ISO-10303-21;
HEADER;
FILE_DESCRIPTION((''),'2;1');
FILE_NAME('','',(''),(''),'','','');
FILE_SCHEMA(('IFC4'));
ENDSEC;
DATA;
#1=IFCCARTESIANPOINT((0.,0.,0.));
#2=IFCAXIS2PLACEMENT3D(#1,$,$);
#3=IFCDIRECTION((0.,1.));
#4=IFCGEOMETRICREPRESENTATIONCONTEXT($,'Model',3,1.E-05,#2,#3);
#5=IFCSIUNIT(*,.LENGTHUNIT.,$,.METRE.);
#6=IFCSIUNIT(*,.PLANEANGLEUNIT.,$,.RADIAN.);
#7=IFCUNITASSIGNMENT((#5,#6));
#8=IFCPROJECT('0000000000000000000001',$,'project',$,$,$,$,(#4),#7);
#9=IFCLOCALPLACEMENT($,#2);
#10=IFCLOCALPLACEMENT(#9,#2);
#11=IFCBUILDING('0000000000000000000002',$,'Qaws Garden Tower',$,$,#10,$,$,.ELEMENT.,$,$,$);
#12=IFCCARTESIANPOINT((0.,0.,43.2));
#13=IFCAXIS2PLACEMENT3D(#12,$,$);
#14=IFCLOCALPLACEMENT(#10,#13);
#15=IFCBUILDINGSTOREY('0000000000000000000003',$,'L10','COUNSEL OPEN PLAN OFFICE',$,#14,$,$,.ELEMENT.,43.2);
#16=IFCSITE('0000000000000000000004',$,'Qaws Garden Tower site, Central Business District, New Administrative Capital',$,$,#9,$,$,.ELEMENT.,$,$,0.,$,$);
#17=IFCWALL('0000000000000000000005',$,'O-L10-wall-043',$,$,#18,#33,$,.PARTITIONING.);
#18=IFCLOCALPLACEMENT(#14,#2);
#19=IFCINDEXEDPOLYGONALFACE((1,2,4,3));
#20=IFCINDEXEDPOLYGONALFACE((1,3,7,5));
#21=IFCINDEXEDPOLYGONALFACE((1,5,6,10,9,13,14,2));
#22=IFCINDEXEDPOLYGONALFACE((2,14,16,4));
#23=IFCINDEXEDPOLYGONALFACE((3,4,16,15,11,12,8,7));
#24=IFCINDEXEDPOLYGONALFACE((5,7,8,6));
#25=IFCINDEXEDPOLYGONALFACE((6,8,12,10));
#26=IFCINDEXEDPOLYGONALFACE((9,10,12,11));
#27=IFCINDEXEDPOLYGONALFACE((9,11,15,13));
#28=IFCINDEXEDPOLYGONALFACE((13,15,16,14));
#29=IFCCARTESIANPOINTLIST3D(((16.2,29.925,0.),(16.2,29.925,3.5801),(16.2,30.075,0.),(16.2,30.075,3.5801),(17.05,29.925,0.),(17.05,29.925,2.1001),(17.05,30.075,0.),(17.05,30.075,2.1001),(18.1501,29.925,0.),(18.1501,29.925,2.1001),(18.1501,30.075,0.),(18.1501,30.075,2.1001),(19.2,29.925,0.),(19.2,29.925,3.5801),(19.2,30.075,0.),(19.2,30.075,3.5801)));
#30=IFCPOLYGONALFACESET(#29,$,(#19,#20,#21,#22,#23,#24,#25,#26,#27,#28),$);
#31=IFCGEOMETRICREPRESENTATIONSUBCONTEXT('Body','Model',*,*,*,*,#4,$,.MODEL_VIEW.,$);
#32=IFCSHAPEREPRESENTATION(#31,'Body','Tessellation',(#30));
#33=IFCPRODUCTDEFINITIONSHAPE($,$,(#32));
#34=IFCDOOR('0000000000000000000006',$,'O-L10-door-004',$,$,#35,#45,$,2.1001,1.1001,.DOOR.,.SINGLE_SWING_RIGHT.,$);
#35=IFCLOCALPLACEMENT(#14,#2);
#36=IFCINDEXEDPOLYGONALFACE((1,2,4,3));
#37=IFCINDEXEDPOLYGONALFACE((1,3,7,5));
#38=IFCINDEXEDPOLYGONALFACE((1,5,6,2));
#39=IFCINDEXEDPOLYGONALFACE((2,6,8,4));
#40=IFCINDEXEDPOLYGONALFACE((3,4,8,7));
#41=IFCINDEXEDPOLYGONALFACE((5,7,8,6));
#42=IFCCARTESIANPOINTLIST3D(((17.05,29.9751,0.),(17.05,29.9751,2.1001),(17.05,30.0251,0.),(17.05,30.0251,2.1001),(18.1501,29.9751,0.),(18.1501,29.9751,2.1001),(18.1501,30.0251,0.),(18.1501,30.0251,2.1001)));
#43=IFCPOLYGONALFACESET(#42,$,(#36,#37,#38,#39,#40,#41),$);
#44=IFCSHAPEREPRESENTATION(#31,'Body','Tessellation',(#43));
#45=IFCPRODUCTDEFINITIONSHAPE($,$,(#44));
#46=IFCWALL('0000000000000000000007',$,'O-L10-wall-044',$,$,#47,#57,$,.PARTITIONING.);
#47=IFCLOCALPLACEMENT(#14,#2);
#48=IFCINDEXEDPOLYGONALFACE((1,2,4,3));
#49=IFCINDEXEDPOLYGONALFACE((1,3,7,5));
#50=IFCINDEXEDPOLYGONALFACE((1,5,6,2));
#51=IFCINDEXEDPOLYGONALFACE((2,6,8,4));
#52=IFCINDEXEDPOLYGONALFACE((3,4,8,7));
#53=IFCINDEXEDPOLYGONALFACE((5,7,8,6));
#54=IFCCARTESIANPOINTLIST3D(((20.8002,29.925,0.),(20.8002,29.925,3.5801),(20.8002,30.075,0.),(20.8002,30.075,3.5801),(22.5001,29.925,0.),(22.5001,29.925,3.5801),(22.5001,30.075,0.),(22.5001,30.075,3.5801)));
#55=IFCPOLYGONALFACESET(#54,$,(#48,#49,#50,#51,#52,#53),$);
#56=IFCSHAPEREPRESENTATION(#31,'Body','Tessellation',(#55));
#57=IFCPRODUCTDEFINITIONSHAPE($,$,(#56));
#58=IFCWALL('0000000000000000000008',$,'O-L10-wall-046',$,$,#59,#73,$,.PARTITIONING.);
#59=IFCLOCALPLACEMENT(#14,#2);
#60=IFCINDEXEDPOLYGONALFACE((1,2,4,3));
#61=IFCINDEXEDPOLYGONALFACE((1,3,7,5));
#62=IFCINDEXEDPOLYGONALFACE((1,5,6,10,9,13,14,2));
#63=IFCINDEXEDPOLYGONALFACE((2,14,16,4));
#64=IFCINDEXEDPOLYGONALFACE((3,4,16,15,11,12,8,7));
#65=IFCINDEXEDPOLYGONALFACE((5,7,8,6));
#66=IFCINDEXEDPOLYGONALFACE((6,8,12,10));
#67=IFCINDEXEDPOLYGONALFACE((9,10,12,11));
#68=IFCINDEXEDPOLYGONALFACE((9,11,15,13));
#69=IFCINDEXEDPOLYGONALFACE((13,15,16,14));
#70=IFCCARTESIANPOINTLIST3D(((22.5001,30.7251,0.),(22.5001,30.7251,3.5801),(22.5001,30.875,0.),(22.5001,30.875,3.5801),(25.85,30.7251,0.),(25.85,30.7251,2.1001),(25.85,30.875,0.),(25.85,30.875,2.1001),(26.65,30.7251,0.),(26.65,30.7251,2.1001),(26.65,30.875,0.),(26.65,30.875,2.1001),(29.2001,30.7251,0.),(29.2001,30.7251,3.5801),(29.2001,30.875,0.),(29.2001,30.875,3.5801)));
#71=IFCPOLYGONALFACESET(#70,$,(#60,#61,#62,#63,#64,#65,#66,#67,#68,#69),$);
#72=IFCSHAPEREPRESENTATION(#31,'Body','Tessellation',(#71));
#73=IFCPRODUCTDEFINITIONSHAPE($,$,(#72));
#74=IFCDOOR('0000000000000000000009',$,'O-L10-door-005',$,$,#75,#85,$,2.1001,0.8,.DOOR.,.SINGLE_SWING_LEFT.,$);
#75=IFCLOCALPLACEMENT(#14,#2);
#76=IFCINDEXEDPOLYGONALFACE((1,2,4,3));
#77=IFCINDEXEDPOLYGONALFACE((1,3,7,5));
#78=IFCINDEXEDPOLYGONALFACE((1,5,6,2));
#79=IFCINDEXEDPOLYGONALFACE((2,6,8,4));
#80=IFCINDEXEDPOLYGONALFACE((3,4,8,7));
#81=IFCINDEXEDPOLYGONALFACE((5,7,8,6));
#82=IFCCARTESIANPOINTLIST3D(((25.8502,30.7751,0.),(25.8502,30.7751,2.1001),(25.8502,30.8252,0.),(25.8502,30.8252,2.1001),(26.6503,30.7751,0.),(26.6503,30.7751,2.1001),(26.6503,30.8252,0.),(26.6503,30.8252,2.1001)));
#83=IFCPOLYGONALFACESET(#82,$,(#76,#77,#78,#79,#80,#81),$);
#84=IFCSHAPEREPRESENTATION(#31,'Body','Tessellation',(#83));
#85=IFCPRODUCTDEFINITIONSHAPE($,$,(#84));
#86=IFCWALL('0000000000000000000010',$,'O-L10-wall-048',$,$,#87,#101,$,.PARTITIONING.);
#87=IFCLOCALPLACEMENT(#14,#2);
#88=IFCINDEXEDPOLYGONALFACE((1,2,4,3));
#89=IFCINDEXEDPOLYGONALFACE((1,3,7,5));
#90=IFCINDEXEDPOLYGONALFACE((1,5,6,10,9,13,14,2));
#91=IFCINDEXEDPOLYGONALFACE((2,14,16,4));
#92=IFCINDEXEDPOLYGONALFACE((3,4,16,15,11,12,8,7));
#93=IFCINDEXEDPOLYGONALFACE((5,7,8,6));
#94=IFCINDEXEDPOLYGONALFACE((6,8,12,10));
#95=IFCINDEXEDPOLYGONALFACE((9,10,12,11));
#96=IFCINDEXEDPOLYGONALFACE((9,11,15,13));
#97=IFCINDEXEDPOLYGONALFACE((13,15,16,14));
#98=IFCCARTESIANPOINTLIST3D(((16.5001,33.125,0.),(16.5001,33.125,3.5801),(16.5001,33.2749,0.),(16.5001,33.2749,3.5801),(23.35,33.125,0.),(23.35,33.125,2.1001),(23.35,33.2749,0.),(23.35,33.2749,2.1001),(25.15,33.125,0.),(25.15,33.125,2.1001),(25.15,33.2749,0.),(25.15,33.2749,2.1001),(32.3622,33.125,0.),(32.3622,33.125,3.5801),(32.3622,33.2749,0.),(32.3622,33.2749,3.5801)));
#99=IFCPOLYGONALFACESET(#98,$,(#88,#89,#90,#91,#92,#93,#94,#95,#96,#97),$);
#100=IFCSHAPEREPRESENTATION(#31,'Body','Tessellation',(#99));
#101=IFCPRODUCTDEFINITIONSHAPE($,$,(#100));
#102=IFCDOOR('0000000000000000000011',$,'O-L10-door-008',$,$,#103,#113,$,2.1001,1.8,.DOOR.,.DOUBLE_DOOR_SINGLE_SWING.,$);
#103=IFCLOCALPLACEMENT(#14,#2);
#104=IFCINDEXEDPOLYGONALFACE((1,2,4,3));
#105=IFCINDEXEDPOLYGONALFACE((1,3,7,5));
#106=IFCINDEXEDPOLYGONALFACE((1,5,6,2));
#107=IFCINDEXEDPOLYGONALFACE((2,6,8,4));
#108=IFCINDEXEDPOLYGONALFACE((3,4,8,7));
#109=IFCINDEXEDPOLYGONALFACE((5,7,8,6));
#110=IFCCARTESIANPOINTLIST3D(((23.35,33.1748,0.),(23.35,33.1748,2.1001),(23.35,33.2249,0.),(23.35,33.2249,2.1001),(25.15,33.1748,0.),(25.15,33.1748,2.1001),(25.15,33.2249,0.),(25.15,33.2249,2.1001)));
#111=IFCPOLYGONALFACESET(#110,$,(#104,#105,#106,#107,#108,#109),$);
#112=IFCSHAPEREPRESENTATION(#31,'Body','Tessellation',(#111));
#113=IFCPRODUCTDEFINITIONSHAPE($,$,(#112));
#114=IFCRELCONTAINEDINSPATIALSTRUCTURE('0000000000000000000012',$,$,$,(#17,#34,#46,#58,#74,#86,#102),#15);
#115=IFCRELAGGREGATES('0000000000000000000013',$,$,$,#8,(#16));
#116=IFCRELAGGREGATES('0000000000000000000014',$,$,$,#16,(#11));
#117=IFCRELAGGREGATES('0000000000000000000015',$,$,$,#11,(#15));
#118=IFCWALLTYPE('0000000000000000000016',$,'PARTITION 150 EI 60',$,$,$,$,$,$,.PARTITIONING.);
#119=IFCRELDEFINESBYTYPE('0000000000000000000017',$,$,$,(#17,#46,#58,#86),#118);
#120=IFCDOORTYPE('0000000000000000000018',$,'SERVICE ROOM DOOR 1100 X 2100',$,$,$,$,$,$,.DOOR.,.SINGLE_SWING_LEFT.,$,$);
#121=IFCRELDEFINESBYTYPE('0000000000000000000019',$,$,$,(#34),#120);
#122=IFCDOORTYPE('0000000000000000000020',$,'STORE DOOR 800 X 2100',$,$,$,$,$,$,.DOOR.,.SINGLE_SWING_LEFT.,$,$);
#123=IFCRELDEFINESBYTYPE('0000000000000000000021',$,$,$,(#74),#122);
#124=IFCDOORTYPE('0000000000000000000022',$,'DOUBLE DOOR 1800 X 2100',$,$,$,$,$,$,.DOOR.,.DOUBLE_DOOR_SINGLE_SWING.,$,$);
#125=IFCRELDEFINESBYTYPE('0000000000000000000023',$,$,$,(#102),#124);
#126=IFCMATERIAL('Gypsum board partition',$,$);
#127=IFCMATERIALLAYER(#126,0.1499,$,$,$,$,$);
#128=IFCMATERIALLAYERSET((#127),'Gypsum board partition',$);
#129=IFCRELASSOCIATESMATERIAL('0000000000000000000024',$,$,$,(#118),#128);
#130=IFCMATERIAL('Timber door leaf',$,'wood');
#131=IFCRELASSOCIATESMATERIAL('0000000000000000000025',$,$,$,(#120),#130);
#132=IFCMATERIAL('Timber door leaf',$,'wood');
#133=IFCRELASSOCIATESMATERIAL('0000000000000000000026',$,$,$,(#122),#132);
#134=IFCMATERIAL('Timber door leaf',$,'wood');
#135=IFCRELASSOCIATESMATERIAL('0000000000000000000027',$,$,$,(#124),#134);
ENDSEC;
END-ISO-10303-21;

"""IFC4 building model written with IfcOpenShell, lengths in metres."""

from ifc_helpers import new_model, si_unit, direction, frame, frame_2d, origin, place, context, subcontext, project, spatial, rectangle, extrude, material, layer, layer_set, type_object, element, fill, save


model = new_model("IFC4")

# Units and contexts
model_context = context("Model", 3, precision=1e-05, world=origin(), true_north=direction((0.0, 1.0)))
body_context = subcontext(model_context, "Body", "Model", "MODEL_VIEW")
ifc_project = project(units=[si_unit("LENGTHUNIT", "METRE"), si_unit("PLANEANGLEUNIT", "RADIAN")], contexts=[model_context])

# Site, building, storey
site_placement = place(None, origin())
site = spatial("IfcSite", under=ifc_project, at=site_placement, Name="Qaws Garden Tower site, Central Business District, New Administrative Capital", CompositionType="ELEMENT", RefElevation=0.0)
building_placement = place(site_placement, origin())
building = spatial("IfcBuilding", under=site, at=building_placement, Name="Qaws Garden Tower", CompositionType="ELEMENT")
storey_placement = place(building_placement, frame((0.0, 0.0, 43.2)))
storey = spatial("IfcBuildingStorey", under=building, at=storey_placement, Name="L10", Description="COUNSEL OPEN PLAN OFFICE", CompositionType="ELEMENT", Elevation=43.2)

# Shared definitions
ifc_material_1 = material(Name="Gypsum board partition")
ifc_layer_1 = layer(ifc_material_1, 0.1499)
ifc_layer_set_1 = layer_set([ifc_layer_1], Name="Gypsum board partition")
wall_type_1 = type_object("IfcWallType", Name="PARTITION 150 EI 60", PredefinedType="PARTITIONING", material=ifc_layer_set_1)

# Wall, opening, door
wall_1_placement = place(storey_placement, frame((16.2, 30.0, 0.0), z_axis=(0.0, 0.0, 1.0), x_axis=(1.0, 0.0, 0.0)))
wall_1 = element("IfcWall", 1, at=wall_1_placement, inside=storey, type_object=wall_type_1, Name="O-L10-wall-043", PredefinedType="PARTITIONING", context=body_context, shape_type="SweptSolid", body=[
    extrude(rectangle(XDim=3.0, YDim=0.1499, at=frame_2d((1.5, 0.0))), origin(), (0.0, 0.0, 1.0), 3.5801),
])
opening_1_placement = place(wall_1_placement, frame((0.8501, 0.0, 0.0)))
opening_1 = element("IfcOpeningElement", 2, at=opening_1_placement, cuts=wall_1, PredefinedType="OPENING", context=body_context, shape_type="SweptSolid", body=[
    extrude(rectangle(XDim=1.1001, YDim=2.1001, at=frame_2d((0.55, 1.05))), frame((0.0, 0.085, 0.0), z_axis=(0.0, -1.0, 0.0), x_axis=(1.0, 0.0, 0.0)), (0.0, 0.0, 1.0), 0.1699),
])
ifc_material_2 = material(Name="Timber door leaf", Category="wood")
door_type_1 = type_object("IfcDoorType", Name="SERVICE ROOM DOOR 1100 X 2100", OperationType="SINGLE_SWING_LEFT", PredefinedType="DOOR", material=ifc_material_2)
door_1_placement = place(opening_1_placement, frame((1.1001, 0.0, 0.0), z_axis=(0.0, 0.0, 1.0), x_axis=(-1.0, 0.0, 0.0)))
door_1 = element("IfcDoor", 3, at=door_1_placement, inside=storey, type_object=door_type_1, Name="O-L10-door-004", OperationType="SINGLE_SWING_RIGHT", OverallHeight=2.1001, OverallWidth=1.1001, PredefinedType="DOOR", context=body_context, shape_type="SweptSolid", body=[
    extrude(rectangle(XDim=1.1001, YDim=2.1001, at=frame_2d((0.55, 1.05))), frame((0.0, 0.0249, 0.0), z_axis=(0.0, -1.0, 0.0), x_axis=(1.0, 0.0, 0.0)), (0.0, 0.0, 1.0), 0.05),
])
fill(opening_1, door_1)

# Wall
wall_2_placement = place(storey_placement, frame((20.8, 30.0, 0.0), z_axis=(0.0, 0.0, 1.0), x_axis=(1.0, 0.0, 0.0)))
element("IfcWall", 4, at=wall_2_placement, inside=storey, type_object=wall_type_1, Name="O-L10-wall-044", PredefinedType="PARTITIONING", context=body_context, shape_type="SweptSolid", body=[
    extrude(rectangle(XDim=1.7, YDim=0.1499, at=frame_2d((0.8501, 0.0))), origin(), (0.0, 0.0, 1.0), 3.5801),
])

# Walls, openings, doors
wall_3_placement = place(storey_placement, frame((22.5, 30.8, 0.0), z_axis=(0.0, 0.0, 1.0), x_axis=(1.0, 0.0, 0.0)))
wall_3 = element("IfcWall", 5, at=wall_3_placement, inside=storey, type_object=wall_type_1, Name="O-L10-wall-046", PredefinedType="PARTITIONING", context=body_context, shape_type="SweptSolid", body=[
    extrude(rectangle(XDim=6.7, YDim=0.1499, at=frame_2d((3.3501, 0.0))), origin(), (0.0, 0.0, 1.0), 3.5801),
])
opening_2_placement = place(wall_3_placement, frame((3.3501, 0.0, 0.0)))
opening_2 = element("IfcOpeningElement", 6, at=opening_2_placement, cuts=wall_3, PredefinedType="OPENING", context=body_context, shape_type="SweptSolid", body=[
    extrude(rectangle(XDim=0.8, YDim=2.1001, at=frame_2d((0.3999, 1.05))), frame((0.0, 0.085, 0.0), z_axis=(0.0, -1.0, 0.0), x_axis=(1.0, 0.0, 0.0)), (0.0, 0.0, 1.0), 0.1699),
])
ifc_material_3 = material(Name="Timber door leaf", Category="wood")
door_type_2 = type_object("IfcDoorType", Name="STORE DOOR 800 X 2100", OperationType="SINGLE_SWING_LEFT", PredefinedType="DOOR", material=ifc_material_3)
door_2_placement = place(opening_2_placement, frame((0.8, 0.0, 0.0), z_axis=(0.0, 0.0, 1.0), x_axis=(-1.0, 0.0, 0.0)))
door_2 = element("IfcDoor", 7, at=door_2_placement, inside=storey, type_object=door_type_2, Name="O-L10-door-005", OperationType="SINGLE_SWING_LEFT", OverallHeight=2.1001, OverallWidth=0.8, PredefinedType="DOOR", context=body_context, shape_type="SweptSolid", body=[
    extrude(rectangle(XDim=0.8, YDim=2.1001, at=frame_2d((0.3999, 1.05))), frame((0.0, 0.0249, 0.0), z_axis=(0.0, -1.0, 0.0), x_axis=(1.0, 0.0, 0.0)), (0.0, 0.0, 1.0), 0.05),
])
fill(opening_2, door_2)
wall_4_placement = place(storey_placement, frame((16.5, 33.2, 0.0), z_axis=(0.0, 0.0, 1.0), x_axis=(1.0, 0.0, 0.0)))
wall_4 = element("IfcWall", 8, at=wall_4_placement, inside=storey, type_object=wall_type_1, Name="O-L10-wall-048", PredefinedType="PARTITIONING", context=body_context, shape_type="SweptSolid", body=[
    extrude(rectangle(XDim=15.8621, YDim=0.1499, at=frame_2d((7.9312, 0.0))), origin(), (0.0, 0.0, 1.0), 3.5801),
])
opening_3_placement = place(wall_4_placement, frame((6.8501, 0.0, 0.0)))
opening_3 = element("IfcOpeningElement", 9, at=opening_3_placement, cuts=wall_4, PredefinedType="OPENING", context=body_context, shape_type="SweptSolid", body=[
    extrude(rectangle(XDim=1.8, YDim=2.1001, at=frame_2d((0.8999, 1.05))), frame((0.0, 0.085, 0.0), z_axis=(0.0, -1.0, 0.0), x_axis=(1.0, 0.0, 0.0)), (0.0, 0.0, 1.0), 0.1699),
])
ifc_material_4 = material(Name="Timber door leaf", Category="wood")
door_type_3 = type_object("IfcDoorType", Name="DOUBLE DOOR 1800 X 2100", OperationType="DOUBLE_DOOR_SINGLE_SWING", PredefinedType="DOOR", material=ifc_material_4)
door_3_placement = place(opening_3_placement, origin())
door_3 = element("IfcDoor", 10, at=door_3_placement, inside=storey, type_object=door_type_3, Name="O-L10-door-008", OperationType="DOUBLE_DOOR_SINGLE_SWING", OverallHeight=2.1001, OverallWidth=1.8, PredefinedType="DOOR", context=body_context, shape_type="SweptSolid", body=[
    extrude(rectangle(XDim=1.8, YDim=2.1001, at=frame_2d((0.8999, 1.05))), frame((0.0, 0.0249, 0.0), z_axis=(0.0, -1.0, 0.0), x_axis=(1.0, 0.0, 0.0)), (0.0, 0.0, 1.0), 0.05),
])
fill(opening_3, door_3)

save(model, "model.ifc")
